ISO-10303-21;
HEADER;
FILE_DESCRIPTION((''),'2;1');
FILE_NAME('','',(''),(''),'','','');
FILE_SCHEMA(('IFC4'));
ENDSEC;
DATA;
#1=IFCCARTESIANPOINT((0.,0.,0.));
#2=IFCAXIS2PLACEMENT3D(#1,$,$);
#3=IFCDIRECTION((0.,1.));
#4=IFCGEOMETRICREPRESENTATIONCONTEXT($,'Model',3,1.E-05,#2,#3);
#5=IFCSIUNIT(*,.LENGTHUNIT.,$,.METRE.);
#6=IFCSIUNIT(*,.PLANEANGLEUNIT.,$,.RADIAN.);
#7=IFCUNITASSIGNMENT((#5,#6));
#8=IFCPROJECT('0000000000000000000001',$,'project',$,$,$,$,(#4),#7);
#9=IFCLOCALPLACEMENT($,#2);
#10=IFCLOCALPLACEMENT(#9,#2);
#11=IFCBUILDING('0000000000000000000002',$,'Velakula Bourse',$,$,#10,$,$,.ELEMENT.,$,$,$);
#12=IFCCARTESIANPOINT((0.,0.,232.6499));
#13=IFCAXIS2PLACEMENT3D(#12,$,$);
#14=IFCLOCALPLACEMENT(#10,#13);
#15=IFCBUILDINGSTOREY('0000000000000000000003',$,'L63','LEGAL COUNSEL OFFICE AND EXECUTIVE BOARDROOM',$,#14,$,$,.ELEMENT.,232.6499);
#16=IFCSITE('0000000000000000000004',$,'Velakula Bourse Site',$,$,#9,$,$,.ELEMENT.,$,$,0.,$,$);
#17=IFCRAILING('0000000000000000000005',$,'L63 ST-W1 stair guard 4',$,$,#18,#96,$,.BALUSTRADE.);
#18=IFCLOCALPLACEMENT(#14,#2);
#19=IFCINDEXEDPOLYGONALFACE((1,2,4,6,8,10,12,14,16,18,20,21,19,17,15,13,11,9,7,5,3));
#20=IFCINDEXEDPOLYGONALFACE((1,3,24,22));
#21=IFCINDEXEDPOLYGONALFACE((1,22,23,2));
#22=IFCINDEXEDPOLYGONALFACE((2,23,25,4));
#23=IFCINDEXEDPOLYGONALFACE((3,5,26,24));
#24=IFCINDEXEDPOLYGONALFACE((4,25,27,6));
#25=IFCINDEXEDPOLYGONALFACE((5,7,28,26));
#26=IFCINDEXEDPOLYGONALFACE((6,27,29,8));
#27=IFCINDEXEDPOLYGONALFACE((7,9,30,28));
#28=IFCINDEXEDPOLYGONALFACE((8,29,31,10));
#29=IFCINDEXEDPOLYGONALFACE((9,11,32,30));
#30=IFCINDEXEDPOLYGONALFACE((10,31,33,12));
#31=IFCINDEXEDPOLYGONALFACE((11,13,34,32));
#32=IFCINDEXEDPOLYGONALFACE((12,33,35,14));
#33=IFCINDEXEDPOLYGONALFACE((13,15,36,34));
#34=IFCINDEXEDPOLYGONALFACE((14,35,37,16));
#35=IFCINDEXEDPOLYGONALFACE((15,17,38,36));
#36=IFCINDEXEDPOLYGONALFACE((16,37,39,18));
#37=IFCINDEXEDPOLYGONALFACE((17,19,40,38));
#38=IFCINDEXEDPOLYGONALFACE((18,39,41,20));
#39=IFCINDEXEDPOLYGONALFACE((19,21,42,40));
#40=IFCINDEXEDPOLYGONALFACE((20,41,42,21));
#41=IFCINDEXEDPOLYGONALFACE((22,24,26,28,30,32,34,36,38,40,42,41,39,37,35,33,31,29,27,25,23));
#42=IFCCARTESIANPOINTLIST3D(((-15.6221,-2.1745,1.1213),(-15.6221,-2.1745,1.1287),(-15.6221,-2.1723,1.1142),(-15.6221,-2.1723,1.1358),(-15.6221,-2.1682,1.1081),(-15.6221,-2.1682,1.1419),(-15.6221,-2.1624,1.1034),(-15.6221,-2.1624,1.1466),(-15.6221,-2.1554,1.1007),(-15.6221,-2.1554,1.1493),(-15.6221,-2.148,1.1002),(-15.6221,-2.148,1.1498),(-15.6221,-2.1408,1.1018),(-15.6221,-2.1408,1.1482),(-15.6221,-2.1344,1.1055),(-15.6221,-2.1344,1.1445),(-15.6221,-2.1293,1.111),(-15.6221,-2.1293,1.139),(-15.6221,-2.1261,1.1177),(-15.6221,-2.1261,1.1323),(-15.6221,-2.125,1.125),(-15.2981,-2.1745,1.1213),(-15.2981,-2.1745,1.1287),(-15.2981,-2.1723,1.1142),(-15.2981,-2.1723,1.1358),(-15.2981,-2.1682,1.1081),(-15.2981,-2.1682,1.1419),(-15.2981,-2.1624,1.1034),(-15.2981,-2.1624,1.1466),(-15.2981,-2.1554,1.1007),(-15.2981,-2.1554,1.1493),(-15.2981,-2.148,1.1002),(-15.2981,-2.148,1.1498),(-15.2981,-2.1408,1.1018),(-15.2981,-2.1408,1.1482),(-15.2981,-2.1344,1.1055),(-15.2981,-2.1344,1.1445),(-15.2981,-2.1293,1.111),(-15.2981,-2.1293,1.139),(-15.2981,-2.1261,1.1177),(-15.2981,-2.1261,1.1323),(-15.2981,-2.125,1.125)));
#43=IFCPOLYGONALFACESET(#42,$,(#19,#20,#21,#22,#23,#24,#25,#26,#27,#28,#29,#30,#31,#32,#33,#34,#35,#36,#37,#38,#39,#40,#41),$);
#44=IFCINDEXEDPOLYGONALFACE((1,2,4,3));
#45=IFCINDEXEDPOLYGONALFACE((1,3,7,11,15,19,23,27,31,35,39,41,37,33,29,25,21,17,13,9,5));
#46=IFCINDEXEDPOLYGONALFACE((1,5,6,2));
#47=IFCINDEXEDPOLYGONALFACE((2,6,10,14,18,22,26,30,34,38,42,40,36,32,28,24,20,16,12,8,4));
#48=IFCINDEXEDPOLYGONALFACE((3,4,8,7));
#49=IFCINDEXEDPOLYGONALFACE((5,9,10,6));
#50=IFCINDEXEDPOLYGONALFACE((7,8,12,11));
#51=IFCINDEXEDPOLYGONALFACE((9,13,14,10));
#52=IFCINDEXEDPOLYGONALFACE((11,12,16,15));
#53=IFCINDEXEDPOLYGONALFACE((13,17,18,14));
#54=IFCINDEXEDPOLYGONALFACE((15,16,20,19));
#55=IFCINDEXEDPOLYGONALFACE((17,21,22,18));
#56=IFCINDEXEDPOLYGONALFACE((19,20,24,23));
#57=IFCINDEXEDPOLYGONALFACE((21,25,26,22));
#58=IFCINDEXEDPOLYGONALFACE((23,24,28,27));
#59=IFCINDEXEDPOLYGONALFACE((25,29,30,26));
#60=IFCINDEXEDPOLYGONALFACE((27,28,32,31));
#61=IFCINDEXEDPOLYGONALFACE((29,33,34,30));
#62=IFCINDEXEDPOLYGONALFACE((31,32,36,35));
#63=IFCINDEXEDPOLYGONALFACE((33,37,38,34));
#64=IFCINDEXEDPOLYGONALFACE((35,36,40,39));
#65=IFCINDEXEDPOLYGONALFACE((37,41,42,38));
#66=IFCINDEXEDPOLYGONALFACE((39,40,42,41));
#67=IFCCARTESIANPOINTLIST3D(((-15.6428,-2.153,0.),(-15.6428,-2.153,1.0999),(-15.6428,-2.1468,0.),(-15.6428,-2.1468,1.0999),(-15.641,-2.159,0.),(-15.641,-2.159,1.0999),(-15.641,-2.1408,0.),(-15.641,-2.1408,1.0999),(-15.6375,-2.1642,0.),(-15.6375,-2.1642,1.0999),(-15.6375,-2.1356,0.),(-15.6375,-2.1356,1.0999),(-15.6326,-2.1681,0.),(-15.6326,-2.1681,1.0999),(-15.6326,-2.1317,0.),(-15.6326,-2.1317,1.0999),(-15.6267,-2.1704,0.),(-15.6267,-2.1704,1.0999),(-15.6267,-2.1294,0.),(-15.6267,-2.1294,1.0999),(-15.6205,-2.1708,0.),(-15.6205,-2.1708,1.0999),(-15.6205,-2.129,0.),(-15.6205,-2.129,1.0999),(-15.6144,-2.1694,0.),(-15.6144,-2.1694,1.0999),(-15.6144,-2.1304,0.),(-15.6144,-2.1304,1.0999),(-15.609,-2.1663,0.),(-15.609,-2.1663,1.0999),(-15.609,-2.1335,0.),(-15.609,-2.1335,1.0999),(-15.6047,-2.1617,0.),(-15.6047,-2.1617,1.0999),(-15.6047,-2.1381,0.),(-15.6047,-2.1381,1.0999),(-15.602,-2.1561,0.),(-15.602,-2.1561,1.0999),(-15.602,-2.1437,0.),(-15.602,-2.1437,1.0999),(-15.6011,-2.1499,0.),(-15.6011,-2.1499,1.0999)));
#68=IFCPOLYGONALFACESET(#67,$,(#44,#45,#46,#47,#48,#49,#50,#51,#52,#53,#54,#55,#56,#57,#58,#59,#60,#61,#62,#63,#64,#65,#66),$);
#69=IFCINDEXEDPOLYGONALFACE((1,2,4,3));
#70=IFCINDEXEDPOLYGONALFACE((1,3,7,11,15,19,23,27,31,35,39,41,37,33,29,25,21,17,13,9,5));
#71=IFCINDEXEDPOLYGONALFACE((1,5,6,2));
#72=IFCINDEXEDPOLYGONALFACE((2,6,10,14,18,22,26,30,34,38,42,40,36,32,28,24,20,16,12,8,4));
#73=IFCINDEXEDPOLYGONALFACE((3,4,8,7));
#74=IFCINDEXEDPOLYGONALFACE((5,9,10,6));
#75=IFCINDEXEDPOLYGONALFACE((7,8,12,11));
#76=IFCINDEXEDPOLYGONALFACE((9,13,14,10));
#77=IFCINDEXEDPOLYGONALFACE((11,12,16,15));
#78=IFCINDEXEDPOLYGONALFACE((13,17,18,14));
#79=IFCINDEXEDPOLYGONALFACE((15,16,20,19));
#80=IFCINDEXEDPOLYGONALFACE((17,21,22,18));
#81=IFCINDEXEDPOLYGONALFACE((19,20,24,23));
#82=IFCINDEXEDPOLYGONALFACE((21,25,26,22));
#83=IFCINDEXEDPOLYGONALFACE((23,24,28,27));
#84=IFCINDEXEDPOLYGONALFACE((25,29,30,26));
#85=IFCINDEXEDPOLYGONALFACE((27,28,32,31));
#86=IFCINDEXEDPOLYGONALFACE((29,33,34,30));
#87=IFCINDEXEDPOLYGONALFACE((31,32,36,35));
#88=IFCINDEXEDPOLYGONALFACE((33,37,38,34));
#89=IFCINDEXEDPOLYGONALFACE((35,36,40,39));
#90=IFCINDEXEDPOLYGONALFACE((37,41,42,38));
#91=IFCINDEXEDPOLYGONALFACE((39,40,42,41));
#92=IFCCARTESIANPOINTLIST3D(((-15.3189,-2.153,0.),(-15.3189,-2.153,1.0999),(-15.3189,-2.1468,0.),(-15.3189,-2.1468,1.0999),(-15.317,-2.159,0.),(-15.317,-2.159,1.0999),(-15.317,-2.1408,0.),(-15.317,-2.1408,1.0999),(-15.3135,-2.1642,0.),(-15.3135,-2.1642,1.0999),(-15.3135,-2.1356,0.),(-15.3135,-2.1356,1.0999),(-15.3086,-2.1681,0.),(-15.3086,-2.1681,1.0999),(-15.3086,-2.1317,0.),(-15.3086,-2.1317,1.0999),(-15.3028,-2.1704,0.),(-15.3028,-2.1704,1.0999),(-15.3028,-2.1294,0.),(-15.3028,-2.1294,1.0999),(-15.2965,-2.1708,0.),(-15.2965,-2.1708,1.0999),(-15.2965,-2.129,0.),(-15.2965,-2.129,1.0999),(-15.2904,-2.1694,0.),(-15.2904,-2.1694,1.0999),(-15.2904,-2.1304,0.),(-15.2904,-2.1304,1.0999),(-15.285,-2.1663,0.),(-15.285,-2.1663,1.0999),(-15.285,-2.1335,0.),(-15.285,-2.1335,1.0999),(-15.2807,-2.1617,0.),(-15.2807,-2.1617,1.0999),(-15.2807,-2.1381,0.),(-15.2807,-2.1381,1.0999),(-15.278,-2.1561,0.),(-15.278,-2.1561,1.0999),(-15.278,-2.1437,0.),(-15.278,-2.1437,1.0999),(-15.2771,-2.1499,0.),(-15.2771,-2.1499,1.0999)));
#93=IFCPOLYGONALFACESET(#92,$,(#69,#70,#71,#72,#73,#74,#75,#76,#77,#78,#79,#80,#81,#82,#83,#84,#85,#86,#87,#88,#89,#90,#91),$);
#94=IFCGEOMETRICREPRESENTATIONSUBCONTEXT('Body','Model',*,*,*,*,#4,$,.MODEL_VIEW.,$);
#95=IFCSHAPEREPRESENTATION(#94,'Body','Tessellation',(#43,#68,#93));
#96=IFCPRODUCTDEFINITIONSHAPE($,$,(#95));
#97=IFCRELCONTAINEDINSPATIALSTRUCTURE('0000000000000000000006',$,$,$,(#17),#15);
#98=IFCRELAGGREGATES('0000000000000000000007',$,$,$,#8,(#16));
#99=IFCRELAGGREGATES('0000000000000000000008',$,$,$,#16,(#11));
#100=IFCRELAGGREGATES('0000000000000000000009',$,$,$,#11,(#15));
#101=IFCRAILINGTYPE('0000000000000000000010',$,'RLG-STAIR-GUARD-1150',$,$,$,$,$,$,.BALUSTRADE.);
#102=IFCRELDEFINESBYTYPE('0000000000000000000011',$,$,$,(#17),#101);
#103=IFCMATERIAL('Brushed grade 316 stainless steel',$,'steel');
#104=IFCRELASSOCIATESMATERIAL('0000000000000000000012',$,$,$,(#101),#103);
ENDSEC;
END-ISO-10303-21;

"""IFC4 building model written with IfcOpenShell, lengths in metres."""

from ifc_helpers import new_model, si_unit, direction, frame, origin, origin_2d, place, context, subcontext, project, spatial, circle, extrude, material, type_object, element, save


model = new_model("IFC4")

# Units and contexts
model_context = context("Model", 3, precision=1e-05, world=origin(), true_north=direction((0.0, 1.0)))
body_context = subcontext(model_context, "Body", "Model", "MODEL_VIEW")
ifc_project = project(units=[si_unit("LENGTHUNIT", "METRE"), si_unit("PLANEANGLEUNIT", "RADIAN")], contexts=[model_context])

# Site, building, storey
site_placement = place(None, origin())
site = spatial("IfcSite", under=ifc_project, at=site_placement, Name="Velakula Bourse Site", CompositionType="ELEMENT", RefElevation=0.0)
building_placement = place(site_placement, origin())
building = spatial("IfcBuilding", under=site, at=building_placement, Name="Velakula Bourse", CompositionType="ELEMENT")
storey_placement = place(building_placement, frame((0.0, 0.0, 232.6499)))
storey = spatial("IfcBuildingStorey", under=building, at=storey_placement, Name="L63", Description="LEGAL COUNSEL OFFICE AND EXECUTIVE BOARDROOM", CompositionType="ELEMENT", Elevation=232.6499)

# Shared definitions
ifc_material_1 = material(Name="Brushed grade 316 stainless steel", Category="steel")

# Railing
railing_type_1 = type_object("IfcRailingType", Name="RLG-STAIR-GUARD-1150", PredefinedType="BALUSTRADE", material=ifc_material_1)
railing_1_placement = place(storey_placement, frame((-15.6221, -2.1499, 0.0)))
element("IfcRailing", 1, at=railing_1_placement, inside=storey, type_object=railing_type_1, Name="L63 ST-W1 stair guard 4", PredefinedType="BALUSTRADE", context=body_context, shape_type="SweptSolid", body=[
    extrude(circle(Radius=0.0249, at=origin_2d()), frame((0.0, 0.0, 1.125), z_axis=(1.0, 0.0, 0.0), x_axis=(0.0, 1.0, 0.0)), (0.0, 0.0, 1.0), 0.324),
    extrude(circle(Radius=0.021, at=origin_2d()), origin(), (0.0, 0.0, 1.0), 1.0999),
    extrude(circle(Radius=0.021, at=origin_2d()), frame((0.324, 0.0, 0.0)), (0.0, 0.0, 1.0), 1.0999),
])

save(model, "model.ifc")
